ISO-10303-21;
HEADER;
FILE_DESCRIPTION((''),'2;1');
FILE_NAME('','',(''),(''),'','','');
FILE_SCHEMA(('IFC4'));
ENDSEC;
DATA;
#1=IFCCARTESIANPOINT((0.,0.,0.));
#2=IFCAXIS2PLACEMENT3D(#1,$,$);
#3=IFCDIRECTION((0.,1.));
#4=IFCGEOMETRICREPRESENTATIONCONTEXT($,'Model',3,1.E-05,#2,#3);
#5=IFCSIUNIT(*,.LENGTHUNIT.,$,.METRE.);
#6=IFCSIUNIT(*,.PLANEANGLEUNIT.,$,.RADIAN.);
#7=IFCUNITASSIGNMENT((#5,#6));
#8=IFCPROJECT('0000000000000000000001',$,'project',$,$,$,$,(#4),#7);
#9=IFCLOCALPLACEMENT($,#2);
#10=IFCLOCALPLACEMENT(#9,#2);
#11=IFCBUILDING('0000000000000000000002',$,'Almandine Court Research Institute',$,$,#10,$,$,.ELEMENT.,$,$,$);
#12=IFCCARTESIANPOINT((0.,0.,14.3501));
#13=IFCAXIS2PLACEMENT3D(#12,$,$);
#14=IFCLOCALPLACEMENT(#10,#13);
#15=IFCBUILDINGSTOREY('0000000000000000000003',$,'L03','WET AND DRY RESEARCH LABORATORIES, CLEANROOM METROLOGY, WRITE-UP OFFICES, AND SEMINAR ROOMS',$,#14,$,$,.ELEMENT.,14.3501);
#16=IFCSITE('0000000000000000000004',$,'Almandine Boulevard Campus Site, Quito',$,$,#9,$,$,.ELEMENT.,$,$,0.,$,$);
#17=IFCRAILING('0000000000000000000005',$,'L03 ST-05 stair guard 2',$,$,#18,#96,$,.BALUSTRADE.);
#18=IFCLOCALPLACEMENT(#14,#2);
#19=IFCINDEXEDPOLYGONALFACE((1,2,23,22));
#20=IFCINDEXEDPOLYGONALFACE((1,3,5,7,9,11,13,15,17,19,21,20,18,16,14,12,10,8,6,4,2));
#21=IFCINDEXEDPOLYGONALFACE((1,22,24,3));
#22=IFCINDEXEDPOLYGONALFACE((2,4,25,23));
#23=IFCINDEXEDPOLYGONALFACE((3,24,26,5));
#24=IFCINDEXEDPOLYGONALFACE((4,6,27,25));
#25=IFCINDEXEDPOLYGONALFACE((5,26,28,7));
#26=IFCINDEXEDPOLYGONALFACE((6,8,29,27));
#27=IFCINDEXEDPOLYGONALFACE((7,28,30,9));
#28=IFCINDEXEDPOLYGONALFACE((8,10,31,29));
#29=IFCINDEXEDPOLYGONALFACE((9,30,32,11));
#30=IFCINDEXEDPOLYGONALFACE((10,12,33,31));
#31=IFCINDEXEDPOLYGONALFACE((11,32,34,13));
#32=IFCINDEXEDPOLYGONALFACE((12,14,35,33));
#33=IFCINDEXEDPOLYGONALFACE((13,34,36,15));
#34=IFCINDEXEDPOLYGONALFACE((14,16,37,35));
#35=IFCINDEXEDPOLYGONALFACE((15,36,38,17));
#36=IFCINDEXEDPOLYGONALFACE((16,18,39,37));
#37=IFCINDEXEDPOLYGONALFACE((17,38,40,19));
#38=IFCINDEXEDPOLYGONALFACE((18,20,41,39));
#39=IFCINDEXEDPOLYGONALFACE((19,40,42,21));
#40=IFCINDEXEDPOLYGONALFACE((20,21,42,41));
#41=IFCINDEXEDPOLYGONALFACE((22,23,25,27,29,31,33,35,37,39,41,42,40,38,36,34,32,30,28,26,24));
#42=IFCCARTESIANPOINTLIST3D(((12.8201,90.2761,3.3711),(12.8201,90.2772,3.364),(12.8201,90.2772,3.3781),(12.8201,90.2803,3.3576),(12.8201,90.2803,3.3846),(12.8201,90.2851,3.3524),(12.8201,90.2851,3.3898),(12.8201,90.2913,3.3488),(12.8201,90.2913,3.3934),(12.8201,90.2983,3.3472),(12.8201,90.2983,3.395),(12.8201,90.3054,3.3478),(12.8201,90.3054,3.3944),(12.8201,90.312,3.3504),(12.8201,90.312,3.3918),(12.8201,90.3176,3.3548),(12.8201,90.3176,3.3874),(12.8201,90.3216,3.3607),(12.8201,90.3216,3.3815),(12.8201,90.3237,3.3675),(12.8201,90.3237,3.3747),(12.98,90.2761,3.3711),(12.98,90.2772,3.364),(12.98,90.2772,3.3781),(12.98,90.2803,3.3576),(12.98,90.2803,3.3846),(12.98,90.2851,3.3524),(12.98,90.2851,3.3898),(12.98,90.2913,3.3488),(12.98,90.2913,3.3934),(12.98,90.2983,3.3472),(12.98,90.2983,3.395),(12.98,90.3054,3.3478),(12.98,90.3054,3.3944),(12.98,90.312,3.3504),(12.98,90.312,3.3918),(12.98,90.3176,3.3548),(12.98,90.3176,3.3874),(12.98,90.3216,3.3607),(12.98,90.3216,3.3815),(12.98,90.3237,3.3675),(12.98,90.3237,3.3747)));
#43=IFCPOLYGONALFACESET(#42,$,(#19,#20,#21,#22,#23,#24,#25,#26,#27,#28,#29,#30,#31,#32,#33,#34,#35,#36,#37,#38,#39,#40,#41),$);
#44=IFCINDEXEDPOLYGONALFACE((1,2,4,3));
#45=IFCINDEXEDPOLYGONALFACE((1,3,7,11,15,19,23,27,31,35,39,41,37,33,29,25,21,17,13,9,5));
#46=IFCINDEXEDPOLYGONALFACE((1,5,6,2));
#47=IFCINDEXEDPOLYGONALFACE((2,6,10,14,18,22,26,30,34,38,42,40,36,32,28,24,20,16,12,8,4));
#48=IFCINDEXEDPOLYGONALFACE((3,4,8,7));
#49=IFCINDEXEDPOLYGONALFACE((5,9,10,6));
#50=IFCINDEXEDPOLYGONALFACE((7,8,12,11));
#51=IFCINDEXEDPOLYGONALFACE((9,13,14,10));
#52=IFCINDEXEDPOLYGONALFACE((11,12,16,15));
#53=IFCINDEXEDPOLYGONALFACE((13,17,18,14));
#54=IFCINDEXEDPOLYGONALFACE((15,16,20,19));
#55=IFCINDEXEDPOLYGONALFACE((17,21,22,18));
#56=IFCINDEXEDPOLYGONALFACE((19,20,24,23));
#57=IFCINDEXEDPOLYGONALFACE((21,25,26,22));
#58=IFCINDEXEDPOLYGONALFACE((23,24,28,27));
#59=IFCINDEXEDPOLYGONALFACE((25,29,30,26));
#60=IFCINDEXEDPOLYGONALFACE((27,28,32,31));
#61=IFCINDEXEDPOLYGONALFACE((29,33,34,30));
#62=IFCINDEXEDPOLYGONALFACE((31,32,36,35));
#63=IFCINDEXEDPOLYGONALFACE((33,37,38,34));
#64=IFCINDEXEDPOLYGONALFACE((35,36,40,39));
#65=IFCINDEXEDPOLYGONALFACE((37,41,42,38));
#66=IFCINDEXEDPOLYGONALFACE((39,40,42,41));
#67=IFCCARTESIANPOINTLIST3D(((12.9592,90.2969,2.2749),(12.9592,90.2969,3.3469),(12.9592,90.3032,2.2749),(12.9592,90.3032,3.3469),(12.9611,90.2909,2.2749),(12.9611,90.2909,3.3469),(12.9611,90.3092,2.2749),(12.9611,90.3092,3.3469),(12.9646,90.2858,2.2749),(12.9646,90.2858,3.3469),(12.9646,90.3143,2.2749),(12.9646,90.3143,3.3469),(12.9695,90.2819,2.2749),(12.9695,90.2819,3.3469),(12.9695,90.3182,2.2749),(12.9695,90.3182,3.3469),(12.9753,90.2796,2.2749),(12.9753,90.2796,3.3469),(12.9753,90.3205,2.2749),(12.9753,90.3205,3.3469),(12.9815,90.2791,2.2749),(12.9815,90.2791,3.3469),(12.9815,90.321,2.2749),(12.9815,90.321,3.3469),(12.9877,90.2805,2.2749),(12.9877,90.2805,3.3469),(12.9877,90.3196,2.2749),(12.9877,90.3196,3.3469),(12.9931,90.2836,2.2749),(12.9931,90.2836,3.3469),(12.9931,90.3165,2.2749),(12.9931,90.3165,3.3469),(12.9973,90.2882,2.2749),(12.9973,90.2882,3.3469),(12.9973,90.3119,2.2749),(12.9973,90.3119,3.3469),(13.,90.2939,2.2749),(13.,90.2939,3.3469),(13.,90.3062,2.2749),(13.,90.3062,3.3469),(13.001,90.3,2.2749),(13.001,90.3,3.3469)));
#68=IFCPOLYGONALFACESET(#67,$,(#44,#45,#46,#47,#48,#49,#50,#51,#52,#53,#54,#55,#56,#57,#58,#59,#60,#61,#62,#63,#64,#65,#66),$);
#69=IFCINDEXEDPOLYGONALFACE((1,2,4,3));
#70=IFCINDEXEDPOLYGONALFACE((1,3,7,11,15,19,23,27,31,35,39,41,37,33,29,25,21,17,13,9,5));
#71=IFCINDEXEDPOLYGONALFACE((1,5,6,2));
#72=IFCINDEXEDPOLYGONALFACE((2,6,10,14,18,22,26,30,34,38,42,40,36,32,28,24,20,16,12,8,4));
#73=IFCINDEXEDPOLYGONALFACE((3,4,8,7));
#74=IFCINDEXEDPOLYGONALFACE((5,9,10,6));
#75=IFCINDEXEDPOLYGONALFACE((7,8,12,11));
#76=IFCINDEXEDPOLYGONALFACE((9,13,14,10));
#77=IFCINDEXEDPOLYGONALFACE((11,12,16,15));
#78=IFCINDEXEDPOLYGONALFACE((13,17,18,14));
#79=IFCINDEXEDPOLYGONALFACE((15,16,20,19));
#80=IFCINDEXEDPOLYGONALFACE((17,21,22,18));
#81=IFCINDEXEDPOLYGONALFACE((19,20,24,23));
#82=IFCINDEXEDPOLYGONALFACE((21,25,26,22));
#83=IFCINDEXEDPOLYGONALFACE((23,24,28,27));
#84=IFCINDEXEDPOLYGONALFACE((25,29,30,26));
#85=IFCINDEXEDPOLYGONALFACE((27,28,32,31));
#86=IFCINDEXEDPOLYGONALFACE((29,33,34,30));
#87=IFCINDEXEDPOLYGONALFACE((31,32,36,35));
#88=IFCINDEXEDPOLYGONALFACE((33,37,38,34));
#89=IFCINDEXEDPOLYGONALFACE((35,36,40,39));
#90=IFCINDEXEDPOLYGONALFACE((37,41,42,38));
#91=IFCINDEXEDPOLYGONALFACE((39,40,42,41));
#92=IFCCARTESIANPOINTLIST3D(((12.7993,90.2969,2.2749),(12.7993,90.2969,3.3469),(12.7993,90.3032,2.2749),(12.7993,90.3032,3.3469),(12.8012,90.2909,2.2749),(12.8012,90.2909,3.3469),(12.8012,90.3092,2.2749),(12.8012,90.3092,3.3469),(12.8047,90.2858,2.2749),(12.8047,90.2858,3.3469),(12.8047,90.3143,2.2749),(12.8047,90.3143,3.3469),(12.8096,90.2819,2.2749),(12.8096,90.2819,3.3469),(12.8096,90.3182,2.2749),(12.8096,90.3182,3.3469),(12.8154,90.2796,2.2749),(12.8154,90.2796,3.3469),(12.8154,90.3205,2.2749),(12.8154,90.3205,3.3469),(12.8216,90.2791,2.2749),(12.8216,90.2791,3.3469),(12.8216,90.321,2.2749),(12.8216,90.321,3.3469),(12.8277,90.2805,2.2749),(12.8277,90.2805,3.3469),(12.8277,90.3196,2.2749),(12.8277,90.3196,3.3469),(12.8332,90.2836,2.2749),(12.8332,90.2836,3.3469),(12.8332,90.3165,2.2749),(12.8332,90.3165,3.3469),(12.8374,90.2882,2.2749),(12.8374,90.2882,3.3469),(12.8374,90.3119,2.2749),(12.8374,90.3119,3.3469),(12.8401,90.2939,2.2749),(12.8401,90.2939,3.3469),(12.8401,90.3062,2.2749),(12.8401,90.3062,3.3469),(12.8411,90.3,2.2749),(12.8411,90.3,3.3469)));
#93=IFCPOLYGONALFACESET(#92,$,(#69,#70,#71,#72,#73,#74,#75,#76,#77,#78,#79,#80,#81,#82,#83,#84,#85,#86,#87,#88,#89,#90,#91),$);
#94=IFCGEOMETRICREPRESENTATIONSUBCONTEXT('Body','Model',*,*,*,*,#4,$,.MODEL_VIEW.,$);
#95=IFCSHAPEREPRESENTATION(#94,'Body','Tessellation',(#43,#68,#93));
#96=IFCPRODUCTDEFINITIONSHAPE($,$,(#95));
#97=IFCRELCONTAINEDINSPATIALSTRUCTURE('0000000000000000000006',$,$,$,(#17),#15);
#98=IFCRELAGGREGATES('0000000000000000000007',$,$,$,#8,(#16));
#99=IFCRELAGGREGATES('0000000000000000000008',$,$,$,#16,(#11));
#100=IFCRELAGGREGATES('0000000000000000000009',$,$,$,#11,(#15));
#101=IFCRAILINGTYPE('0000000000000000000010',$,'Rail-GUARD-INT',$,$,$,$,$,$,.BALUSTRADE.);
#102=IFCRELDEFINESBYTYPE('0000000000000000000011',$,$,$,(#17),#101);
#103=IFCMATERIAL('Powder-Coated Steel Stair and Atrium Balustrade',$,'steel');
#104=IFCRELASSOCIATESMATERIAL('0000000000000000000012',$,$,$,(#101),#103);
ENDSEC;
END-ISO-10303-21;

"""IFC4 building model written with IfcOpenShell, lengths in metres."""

from ifc_helpers import new_model, si_unit, direction, frame, origin, origin_2d, place, context, subcontext, project, spatial, circle, extrude, material, type_object, element, save


model = new_model("IFC4")

# Units and contexts
model_context = context("Model", 3, precision=1e-05, world=origin(), true_north=direction((0.0, 1.0)))
body_context = subcontext(model_context, "Body", "Model", "MODEL_VIEW")
ifc_project = project(units=[si_unit("LENGTHUNIT", "METRE"), si_unit("PLANEANGLEUNIT", "RADIAN")], contexts=[model_context])

# Site, building, storey
site_placement = place(None, origin())
site = spatial("IfcSite", under=ifc_project, at=site_placement, Name="Almandine Boulevard Campus Site, Quito", CompositionType="ELEMENT", RefElevation=0.0)
building_placement = place(site_placement, origin())
building = spatial("IfcBuilding", under=site, at=building_placement, Name="Almandine Court Research Institute", CompositionType="ELEMENT")
storey_placement = place(building_placement, frame((0.0, 0.0, 14.3501)))
storey = spatial("IfcBuildingStorey", under=building, at=storey_placement, Name="L03", Description="WET AND DRY RESEARCH LABORATORIES, CLEANROOM METROLOGY, WRITE-UP OFFICES, AND SEMINAR ROOMS", CompositionType="ELEMENT", Elevation=14.3501)

# Railing
ifc_material_1 = material(Name="Powder-Coated Steel Stair and Atrium Balustrade", Category="steel")
railing_type_1 = type_object("IfcRailingType", Name="Rail-GUARD-INT", PredefinedType="BALUSTRADE", material=ifc_material_1)
railing_1_placement = place(storey_placement, frame((12.98, 90.3, 2.2749)))
element("IfcRailing", 1, at=railing_1_placement, inside=storey, type_object=railing_type_1, Name="L03 ST-05 stair guard 2", PredefinedType="BALUSTRADE", context=body_context, shape_type="SweptSolid", body=[
    extrude(circle(Radius=0.0239, at=origin_2d()), frame((0.0, 0.0, 1.0962), z_axis=(-1.0, 0.0, 0.0), x_axis=(0.0, -1.0, 0.0)), (0.0, 0.0, 1.0), 0.1599),
    extrude(circle(Radius=0.021, at=origin_2d()), origin(), (0.0, 0.0, 1.0), 1.072),
    extrude(circle(Radius=0.021, at=origin_2d()), frame((-0.1599, 0.0, 0.0)), (0.0, 0.0, 1.0), 1.072),
])

save(model, "model.ifc")
